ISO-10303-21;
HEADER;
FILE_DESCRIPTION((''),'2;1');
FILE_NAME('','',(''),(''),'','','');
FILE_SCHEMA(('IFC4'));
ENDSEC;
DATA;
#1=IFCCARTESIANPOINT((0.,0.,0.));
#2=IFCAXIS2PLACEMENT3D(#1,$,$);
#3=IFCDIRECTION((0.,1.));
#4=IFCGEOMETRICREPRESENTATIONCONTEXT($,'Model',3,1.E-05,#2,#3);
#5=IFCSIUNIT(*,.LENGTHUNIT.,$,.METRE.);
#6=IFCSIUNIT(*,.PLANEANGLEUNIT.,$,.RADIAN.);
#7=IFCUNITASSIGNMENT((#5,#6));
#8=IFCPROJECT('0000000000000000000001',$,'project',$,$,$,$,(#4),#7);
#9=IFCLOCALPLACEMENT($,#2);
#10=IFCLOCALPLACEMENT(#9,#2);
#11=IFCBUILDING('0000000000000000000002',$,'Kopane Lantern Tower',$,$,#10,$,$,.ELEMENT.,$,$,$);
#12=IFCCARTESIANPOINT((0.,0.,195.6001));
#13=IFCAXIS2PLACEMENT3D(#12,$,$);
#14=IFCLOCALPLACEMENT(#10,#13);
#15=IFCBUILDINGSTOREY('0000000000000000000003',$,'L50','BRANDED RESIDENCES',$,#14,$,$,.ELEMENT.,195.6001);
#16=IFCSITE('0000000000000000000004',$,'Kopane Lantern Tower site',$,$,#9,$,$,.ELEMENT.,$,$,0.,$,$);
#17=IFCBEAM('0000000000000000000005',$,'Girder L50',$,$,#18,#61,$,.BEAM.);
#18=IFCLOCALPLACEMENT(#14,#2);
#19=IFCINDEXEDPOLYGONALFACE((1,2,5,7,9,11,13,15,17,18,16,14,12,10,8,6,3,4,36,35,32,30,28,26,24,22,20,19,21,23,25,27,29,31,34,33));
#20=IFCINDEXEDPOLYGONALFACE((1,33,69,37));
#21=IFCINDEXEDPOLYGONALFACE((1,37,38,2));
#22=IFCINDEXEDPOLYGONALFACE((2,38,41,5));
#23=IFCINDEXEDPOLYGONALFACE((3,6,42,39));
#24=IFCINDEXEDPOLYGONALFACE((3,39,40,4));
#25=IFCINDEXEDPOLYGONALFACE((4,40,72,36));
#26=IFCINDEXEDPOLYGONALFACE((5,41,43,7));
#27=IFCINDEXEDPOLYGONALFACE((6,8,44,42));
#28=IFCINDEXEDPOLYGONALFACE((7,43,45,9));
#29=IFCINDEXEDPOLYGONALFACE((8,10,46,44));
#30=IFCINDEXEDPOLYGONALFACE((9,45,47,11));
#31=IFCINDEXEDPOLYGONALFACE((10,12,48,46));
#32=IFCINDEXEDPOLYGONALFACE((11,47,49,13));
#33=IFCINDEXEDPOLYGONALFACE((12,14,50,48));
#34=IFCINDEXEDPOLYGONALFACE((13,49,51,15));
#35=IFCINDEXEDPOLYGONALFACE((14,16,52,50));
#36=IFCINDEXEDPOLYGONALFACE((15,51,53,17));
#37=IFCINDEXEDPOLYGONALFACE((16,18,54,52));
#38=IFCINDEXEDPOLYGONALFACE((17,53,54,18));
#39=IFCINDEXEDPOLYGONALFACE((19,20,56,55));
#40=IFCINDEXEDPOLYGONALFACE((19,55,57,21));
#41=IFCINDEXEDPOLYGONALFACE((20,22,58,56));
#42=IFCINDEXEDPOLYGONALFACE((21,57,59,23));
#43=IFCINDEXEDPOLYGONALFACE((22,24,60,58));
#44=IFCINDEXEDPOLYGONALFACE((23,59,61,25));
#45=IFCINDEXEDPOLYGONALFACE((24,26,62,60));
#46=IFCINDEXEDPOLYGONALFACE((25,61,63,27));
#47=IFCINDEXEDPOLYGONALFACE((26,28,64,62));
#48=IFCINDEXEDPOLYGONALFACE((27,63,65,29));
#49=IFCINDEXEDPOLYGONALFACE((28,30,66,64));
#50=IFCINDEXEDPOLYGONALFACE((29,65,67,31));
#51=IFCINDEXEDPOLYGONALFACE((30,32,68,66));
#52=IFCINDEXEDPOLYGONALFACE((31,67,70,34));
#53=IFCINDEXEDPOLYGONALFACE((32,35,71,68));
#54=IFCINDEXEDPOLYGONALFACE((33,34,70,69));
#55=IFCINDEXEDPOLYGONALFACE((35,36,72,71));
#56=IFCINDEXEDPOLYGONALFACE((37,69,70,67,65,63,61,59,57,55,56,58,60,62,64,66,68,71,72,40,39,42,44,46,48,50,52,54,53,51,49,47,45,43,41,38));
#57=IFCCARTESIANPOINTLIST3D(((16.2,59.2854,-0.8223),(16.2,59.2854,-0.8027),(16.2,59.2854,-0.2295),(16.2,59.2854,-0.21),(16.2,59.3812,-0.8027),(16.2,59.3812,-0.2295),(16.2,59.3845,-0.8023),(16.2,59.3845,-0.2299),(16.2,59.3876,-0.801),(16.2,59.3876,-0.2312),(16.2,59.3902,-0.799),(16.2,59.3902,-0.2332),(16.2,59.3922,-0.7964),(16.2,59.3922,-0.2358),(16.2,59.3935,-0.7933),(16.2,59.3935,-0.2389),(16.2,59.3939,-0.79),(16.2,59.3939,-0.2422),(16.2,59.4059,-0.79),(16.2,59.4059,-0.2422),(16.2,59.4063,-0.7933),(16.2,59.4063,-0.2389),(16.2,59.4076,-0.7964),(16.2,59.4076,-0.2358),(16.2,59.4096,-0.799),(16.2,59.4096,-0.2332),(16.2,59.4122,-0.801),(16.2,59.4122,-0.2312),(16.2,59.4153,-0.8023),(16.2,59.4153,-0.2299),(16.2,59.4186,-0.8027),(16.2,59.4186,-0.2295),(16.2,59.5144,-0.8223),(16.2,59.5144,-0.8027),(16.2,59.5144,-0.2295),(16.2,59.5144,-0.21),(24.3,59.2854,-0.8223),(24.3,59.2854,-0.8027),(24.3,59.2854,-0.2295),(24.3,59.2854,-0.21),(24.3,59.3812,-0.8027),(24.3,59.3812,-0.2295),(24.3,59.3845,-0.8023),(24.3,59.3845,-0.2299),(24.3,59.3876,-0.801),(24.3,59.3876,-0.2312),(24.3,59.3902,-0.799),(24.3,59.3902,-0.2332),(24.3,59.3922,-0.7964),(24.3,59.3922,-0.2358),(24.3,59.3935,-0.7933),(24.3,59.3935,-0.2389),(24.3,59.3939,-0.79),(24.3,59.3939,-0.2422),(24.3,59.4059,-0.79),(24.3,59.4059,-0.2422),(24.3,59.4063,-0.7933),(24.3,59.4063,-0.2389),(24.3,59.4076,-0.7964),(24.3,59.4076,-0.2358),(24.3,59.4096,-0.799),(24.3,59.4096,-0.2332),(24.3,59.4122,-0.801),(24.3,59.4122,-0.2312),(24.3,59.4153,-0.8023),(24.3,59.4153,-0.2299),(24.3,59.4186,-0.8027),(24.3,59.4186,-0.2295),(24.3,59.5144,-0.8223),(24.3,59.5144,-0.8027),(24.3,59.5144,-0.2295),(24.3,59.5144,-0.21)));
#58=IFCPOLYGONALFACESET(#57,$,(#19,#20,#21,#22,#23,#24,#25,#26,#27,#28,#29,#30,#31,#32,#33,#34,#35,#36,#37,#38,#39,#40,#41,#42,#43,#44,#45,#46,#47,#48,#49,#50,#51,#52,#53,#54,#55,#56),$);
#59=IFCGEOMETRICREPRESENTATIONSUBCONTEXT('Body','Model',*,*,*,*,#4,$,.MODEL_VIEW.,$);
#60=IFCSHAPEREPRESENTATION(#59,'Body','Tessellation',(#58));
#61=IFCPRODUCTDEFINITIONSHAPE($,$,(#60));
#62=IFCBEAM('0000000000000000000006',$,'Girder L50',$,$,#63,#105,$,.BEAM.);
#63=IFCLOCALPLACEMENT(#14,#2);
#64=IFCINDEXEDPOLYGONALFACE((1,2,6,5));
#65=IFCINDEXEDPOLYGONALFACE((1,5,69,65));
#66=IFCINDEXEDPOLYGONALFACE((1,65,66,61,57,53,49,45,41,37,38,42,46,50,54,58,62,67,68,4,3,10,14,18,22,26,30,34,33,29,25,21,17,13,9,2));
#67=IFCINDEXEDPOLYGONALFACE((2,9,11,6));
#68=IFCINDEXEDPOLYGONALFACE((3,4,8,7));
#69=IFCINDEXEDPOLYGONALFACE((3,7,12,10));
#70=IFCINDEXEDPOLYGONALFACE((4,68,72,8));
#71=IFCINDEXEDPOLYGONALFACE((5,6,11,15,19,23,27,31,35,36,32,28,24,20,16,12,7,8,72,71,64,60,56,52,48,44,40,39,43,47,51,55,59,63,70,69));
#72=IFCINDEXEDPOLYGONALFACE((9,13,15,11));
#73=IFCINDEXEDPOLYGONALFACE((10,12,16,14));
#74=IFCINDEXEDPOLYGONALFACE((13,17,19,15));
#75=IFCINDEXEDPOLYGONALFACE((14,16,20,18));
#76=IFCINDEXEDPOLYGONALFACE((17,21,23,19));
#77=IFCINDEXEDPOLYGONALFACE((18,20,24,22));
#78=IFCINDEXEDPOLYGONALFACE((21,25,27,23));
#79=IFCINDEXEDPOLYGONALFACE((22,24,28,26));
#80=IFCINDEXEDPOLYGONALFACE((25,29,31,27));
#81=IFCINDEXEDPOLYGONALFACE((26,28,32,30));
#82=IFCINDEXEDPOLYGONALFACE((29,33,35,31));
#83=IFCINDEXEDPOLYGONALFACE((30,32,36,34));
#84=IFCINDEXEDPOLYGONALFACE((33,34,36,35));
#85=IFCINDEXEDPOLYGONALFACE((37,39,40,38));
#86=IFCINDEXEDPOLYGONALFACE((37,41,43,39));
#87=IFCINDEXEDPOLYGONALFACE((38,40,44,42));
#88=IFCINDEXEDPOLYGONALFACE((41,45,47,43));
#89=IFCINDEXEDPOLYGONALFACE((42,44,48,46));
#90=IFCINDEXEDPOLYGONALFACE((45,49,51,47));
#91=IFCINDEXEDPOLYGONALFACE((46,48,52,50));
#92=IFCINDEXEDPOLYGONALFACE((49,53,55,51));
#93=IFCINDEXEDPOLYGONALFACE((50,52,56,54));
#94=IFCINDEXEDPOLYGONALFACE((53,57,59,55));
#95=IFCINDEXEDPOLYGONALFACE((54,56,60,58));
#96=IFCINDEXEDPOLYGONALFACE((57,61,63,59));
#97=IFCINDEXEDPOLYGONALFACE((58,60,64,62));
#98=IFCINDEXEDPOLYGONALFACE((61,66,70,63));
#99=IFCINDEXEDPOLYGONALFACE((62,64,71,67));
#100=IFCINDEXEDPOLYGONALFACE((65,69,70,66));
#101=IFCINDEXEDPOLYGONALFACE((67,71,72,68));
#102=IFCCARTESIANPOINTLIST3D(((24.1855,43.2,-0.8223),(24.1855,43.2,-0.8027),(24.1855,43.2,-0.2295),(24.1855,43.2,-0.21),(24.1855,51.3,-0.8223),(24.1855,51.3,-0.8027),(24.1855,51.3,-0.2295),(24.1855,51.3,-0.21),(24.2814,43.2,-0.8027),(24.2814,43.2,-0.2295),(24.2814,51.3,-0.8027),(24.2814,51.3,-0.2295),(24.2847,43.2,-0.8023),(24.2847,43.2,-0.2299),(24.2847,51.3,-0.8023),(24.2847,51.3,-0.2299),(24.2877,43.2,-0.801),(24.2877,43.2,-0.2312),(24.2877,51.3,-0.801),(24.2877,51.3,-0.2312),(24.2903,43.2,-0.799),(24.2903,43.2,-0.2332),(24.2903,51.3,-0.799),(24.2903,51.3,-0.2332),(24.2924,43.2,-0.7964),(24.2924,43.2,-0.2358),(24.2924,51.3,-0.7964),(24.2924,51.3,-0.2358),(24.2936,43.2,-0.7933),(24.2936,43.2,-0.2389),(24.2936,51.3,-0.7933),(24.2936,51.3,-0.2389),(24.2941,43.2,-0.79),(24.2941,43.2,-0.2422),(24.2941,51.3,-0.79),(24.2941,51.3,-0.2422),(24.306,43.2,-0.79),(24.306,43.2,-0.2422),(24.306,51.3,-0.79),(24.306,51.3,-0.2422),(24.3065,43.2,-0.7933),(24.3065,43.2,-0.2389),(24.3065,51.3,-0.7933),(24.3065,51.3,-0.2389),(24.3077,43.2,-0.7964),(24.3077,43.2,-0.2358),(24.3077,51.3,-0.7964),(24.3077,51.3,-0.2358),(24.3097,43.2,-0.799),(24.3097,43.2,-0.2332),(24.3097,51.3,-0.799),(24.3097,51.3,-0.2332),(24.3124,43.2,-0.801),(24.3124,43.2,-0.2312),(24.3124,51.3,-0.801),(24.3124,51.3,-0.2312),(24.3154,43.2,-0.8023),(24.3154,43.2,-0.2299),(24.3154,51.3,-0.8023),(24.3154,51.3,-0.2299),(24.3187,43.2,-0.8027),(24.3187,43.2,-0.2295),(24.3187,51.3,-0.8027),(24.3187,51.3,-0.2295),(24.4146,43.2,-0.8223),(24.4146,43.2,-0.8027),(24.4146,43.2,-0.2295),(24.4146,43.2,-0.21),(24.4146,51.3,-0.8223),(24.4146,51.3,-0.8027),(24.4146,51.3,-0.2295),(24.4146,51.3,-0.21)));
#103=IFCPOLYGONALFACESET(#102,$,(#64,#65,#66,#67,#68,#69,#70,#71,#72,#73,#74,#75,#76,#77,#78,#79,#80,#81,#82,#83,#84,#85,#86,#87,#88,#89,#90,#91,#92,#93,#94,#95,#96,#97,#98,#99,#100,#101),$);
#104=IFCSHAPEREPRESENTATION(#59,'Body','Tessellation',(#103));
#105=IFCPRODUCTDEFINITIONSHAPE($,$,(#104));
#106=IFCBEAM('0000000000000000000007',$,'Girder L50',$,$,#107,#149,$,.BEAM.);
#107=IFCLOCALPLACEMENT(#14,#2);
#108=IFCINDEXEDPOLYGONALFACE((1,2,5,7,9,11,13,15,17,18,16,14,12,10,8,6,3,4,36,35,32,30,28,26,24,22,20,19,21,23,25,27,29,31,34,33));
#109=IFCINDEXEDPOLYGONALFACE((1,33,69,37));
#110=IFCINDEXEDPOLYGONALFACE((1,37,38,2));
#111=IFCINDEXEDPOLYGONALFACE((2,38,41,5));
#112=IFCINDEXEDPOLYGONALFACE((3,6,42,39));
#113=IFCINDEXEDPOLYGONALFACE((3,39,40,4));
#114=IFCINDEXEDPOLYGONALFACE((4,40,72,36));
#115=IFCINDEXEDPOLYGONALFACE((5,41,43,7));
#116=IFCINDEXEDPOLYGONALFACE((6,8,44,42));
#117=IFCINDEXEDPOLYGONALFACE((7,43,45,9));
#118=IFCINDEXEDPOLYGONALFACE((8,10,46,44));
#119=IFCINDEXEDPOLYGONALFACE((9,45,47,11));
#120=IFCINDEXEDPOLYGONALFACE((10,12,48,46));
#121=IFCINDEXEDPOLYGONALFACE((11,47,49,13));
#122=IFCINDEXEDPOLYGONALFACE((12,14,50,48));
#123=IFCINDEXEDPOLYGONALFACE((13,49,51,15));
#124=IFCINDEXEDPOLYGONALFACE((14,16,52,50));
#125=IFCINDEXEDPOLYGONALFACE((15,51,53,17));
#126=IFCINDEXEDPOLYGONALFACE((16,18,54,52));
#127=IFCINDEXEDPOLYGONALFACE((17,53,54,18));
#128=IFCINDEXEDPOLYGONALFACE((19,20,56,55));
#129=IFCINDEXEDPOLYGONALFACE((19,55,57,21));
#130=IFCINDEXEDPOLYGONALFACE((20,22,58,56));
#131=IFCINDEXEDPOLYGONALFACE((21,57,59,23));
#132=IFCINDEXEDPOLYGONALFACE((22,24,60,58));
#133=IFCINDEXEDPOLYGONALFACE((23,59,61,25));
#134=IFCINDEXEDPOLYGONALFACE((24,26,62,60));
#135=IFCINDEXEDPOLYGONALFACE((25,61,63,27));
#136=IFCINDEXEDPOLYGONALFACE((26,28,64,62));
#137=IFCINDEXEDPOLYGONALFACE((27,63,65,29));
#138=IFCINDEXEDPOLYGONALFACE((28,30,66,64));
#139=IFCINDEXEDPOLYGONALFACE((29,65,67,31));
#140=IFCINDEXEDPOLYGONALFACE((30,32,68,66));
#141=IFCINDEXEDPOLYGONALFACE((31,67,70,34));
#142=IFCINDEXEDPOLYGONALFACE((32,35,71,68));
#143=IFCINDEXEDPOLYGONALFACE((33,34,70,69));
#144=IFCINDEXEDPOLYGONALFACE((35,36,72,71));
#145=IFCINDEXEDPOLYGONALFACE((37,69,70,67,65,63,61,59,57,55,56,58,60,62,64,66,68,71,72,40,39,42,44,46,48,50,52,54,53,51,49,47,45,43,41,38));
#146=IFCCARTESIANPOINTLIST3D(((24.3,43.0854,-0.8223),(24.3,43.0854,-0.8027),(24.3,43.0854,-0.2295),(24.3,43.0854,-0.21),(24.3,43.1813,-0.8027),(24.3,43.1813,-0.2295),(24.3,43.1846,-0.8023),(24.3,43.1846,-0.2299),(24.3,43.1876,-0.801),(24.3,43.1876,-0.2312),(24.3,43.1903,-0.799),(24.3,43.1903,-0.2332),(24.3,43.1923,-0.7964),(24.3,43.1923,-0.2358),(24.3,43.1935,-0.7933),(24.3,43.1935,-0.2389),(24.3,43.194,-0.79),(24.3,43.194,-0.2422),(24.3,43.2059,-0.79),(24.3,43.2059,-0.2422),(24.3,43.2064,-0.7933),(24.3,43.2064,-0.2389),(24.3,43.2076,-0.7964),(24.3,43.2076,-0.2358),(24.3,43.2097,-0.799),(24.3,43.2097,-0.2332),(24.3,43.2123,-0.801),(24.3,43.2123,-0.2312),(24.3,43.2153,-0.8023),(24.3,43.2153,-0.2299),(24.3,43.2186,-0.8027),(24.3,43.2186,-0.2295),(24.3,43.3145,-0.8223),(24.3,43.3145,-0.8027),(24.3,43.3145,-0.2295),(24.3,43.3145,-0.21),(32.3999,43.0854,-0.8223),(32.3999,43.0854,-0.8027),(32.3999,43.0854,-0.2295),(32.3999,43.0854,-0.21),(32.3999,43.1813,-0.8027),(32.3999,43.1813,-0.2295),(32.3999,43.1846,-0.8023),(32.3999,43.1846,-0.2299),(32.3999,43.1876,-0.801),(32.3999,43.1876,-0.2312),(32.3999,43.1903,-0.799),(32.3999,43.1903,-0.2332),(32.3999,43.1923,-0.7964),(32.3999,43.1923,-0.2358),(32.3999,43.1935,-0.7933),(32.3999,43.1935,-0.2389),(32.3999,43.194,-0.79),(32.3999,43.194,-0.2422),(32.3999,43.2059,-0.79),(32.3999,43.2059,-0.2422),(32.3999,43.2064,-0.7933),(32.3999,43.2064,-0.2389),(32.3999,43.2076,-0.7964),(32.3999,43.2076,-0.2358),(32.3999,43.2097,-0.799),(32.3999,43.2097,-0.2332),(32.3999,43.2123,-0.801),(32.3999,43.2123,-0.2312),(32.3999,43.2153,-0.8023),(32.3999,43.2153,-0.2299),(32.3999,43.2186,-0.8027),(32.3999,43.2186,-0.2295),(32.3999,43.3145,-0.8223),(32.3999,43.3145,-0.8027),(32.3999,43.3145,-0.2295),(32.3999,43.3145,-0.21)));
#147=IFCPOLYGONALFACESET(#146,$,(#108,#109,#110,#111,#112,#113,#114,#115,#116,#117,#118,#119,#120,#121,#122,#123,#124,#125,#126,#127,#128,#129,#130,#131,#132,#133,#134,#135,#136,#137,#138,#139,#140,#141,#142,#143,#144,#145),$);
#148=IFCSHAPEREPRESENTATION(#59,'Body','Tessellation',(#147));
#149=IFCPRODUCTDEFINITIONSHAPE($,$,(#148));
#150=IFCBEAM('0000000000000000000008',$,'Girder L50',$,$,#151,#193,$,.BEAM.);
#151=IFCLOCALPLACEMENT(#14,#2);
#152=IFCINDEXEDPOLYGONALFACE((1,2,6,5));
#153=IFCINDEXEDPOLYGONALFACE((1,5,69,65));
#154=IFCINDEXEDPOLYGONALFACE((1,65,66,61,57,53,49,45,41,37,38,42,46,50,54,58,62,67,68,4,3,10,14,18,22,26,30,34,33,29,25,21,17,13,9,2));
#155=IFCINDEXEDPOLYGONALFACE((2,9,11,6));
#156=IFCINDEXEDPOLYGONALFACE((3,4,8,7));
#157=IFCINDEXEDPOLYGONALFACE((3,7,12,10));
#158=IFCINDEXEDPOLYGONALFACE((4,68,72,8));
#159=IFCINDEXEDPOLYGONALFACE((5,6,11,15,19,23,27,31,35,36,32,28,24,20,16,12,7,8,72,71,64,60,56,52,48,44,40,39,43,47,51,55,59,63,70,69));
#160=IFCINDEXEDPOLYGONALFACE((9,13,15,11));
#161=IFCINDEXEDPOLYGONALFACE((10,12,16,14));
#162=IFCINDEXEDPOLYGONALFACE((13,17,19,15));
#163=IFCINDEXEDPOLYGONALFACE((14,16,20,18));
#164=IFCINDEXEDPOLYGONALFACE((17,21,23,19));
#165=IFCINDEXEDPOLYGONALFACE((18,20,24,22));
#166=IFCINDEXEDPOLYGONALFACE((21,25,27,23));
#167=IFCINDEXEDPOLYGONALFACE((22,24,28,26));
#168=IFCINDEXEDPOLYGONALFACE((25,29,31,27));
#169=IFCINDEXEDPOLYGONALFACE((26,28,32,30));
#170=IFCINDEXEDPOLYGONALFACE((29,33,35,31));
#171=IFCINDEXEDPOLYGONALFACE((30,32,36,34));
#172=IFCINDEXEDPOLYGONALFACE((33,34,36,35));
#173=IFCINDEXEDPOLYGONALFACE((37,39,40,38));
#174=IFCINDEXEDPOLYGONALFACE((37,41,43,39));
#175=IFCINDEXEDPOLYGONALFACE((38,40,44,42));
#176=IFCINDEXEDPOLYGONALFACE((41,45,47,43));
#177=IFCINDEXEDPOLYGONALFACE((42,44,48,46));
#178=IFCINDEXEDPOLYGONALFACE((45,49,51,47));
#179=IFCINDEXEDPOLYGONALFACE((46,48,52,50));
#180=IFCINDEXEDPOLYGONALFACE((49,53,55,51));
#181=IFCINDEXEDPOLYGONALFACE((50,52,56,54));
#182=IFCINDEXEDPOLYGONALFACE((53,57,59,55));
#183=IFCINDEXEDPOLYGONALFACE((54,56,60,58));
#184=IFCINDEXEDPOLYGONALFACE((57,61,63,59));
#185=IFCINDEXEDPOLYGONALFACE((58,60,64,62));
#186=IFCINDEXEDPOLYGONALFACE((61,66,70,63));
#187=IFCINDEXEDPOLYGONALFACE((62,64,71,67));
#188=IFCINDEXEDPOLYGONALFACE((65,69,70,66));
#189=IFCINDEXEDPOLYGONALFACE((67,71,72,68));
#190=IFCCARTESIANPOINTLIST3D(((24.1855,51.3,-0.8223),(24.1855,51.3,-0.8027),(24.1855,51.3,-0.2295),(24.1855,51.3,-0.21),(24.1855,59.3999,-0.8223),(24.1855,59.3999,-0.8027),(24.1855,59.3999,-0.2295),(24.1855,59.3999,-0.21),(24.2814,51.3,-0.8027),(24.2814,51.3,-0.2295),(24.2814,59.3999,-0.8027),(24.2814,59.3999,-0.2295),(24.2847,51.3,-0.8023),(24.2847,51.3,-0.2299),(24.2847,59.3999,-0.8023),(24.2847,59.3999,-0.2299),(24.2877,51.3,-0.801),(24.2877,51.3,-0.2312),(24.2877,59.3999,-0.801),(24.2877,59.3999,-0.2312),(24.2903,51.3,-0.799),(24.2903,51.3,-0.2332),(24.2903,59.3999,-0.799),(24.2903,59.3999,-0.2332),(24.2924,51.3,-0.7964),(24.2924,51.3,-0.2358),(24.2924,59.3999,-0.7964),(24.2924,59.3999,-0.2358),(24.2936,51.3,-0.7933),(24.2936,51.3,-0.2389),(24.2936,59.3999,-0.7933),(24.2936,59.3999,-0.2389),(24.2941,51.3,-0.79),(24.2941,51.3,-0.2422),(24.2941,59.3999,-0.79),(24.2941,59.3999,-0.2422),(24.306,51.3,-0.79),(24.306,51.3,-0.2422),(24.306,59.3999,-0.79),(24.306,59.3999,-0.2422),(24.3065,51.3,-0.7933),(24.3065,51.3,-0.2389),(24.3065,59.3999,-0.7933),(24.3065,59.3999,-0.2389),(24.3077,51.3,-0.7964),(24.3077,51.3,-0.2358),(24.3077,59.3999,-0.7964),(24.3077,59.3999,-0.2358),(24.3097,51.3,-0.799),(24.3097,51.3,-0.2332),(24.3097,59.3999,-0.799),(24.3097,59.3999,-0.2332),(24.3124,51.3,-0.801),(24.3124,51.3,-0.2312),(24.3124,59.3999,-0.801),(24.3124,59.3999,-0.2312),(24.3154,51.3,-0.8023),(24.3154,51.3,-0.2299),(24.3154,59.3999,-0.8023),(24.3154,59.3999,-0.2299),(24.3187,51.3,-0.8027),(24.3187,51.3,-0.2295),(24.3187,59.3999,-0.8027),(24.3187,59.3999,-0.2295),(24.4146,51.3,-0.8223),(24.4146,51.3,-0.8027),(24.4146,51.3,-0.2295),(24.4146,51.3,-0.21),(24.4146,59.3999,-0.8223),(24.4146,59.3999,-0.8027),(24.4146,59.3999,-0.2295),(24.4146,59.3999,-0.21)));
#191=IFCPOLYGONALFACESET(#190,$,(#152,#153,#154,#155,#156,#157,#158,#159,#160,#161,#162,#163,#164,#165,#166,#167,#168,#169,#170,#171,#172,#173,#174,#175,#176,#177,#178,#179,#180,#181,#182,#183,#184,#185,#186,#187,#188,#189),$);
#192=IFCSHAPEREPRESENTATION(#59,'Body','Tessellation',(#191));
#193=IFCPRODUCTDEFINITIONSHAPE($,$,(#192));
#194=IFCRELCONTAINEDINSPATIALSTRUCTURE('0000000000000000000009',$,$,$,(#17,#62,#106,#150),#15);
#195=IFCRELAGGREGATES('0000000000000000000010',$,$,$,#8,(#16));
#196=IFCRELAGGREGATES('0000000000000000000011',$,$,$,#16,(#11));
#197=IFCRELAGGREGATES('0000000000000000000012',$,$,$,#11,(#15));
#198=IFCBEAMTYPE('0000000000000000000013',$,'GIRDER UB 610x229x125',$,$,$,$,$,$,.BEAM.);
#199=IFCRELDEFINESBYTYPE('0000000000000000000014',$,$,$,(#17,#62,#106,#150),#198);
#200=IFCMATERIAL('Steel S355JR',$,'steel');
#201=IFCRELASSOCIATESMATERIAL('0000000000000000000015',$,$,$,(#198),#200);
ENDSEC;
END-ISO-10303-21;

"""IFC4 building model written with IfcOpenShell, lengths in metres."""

from ifc_helpers import new_model, si_unit, direction, frame, origin, origin_2d, place, context, subcontext, project, spatial, i_section, extrude, material, material_profile, profile_set, type_object, element, save


model = new_model("IFC4")

# Units and contexts
model_context = context("Model", 3, precision=1e-05, world=origin(), true_north=direction((0.0, 1.0)))
body_context = subcontext(model_context, "Body", "Model", "MODEL_VIEW")
ifc_project = project(units=[si_unit("LENGTHUNIT", "METRE"), si_unit("PLANEANGLEUNIT", "RADIAN")], contexts=[model_context])

# Site, building, storey
site_placement = place(None, origin())
site = spatial("IfcSite", under=ifc_project, at=site_placement, Name="Kopane Lantern Tower site", CompositionType="ELEMENT", RefElevation=0.0)
building_placement = place(site_placement, origin())
building = spatial("IfcBuilding", under=site, at=building_placement, Name="Kopane Lantern Tower", CompositionType="ELEMENT")
storey_placement = place(building_placement, frame((0.0, 0.0, 195.6001)))
storey = spatial("IfcBuildingStorey", under=building, at=storey_placement, Name="L50", Description="BRANDED RESIDENCES", CompositionType="ELEMENT", Elevation=195.6001)

# Beams
ifc_material_1 = material(Name="Steel S355JR", Category="steel")
ifc_material_profile_1 = material_profile(ifc_material_1, i_section(OverallWidth=0.229, OverallDepth=0.6123, WebThickness=0.012, FlangeThickness=0.0195, FilletRadius=0.0127, at=origin_2d()), Name="UB 610x229x125")
ifc_profile_set_1 = profile_set([ifc_material_profile_1], Name="Steel S355JR")
beam_type = type_object("IfcBeamType", Name="GIRDER UB 610x229x125", PredefinedType="BEAM", material=ifc_profile_set_1)
for number, where, z_axis, x_axis, name in (
    (1, (16.2, 59.3999, -0.5161), (1.0, 0.0, 0.0), (0.0, 1.0, 0.0), "Girder L50"),
    (2, (24.3, 43.2, -0.5161), (0.0, 1.0, 0.0), (-1.0, 0.0, 0.0), "Girder L50"),
):
    element("IfcBeam", number, at=place(storey_placement, frame(where, z_axis=z_axis, x_axis=x_axis)), inside=storey, type_object=beam_type, Name=name, PredefinedType="BEAM", context=body_context, shape_type="SweptSolid", body=[
        extrude(i_section(OverallWidth=0.229, OverallDepth=0.6123, WebThickness=0.012, FlangeThickness=0.0195, FilletRadius=0.0127, at=origin_2d()), origin(), (0.0, 0.0, 1.0), 8.1001),
    ])
for number, where, z_axis, x_axis, name in (
    (3, (24.3, 43.2, -0.5161), (1.0, 0.0, 0.0), (0.0, 1.0, 0.0), "Girder L50"),
    (4, (24.3, 51.3, -0.5161), (0.0, 1.0, 0.0), (-1.0, 0.0, 0.0), "Girder L50"),
):
    element("IfcBeam", number, at=place(storey_placement, frame(where, z_axis=z_axis, x_axis=x_axis)), inside=storey, type_object=beam_type, Name=name, PredefinedType="BEAM", context=body_context, shape_type="SweptSolid", body=[
        extrude(i_section(OverallWidth=0.229, OverallDepth=0.6123, WebThickness=0.012, FlangeThickness=0.0195, FilletRadius=0.0127, at=origin_2d()), origin(), (0.0, 0.0, 1.0), 8.0999),
    ])

save(model, "model.ifc")
